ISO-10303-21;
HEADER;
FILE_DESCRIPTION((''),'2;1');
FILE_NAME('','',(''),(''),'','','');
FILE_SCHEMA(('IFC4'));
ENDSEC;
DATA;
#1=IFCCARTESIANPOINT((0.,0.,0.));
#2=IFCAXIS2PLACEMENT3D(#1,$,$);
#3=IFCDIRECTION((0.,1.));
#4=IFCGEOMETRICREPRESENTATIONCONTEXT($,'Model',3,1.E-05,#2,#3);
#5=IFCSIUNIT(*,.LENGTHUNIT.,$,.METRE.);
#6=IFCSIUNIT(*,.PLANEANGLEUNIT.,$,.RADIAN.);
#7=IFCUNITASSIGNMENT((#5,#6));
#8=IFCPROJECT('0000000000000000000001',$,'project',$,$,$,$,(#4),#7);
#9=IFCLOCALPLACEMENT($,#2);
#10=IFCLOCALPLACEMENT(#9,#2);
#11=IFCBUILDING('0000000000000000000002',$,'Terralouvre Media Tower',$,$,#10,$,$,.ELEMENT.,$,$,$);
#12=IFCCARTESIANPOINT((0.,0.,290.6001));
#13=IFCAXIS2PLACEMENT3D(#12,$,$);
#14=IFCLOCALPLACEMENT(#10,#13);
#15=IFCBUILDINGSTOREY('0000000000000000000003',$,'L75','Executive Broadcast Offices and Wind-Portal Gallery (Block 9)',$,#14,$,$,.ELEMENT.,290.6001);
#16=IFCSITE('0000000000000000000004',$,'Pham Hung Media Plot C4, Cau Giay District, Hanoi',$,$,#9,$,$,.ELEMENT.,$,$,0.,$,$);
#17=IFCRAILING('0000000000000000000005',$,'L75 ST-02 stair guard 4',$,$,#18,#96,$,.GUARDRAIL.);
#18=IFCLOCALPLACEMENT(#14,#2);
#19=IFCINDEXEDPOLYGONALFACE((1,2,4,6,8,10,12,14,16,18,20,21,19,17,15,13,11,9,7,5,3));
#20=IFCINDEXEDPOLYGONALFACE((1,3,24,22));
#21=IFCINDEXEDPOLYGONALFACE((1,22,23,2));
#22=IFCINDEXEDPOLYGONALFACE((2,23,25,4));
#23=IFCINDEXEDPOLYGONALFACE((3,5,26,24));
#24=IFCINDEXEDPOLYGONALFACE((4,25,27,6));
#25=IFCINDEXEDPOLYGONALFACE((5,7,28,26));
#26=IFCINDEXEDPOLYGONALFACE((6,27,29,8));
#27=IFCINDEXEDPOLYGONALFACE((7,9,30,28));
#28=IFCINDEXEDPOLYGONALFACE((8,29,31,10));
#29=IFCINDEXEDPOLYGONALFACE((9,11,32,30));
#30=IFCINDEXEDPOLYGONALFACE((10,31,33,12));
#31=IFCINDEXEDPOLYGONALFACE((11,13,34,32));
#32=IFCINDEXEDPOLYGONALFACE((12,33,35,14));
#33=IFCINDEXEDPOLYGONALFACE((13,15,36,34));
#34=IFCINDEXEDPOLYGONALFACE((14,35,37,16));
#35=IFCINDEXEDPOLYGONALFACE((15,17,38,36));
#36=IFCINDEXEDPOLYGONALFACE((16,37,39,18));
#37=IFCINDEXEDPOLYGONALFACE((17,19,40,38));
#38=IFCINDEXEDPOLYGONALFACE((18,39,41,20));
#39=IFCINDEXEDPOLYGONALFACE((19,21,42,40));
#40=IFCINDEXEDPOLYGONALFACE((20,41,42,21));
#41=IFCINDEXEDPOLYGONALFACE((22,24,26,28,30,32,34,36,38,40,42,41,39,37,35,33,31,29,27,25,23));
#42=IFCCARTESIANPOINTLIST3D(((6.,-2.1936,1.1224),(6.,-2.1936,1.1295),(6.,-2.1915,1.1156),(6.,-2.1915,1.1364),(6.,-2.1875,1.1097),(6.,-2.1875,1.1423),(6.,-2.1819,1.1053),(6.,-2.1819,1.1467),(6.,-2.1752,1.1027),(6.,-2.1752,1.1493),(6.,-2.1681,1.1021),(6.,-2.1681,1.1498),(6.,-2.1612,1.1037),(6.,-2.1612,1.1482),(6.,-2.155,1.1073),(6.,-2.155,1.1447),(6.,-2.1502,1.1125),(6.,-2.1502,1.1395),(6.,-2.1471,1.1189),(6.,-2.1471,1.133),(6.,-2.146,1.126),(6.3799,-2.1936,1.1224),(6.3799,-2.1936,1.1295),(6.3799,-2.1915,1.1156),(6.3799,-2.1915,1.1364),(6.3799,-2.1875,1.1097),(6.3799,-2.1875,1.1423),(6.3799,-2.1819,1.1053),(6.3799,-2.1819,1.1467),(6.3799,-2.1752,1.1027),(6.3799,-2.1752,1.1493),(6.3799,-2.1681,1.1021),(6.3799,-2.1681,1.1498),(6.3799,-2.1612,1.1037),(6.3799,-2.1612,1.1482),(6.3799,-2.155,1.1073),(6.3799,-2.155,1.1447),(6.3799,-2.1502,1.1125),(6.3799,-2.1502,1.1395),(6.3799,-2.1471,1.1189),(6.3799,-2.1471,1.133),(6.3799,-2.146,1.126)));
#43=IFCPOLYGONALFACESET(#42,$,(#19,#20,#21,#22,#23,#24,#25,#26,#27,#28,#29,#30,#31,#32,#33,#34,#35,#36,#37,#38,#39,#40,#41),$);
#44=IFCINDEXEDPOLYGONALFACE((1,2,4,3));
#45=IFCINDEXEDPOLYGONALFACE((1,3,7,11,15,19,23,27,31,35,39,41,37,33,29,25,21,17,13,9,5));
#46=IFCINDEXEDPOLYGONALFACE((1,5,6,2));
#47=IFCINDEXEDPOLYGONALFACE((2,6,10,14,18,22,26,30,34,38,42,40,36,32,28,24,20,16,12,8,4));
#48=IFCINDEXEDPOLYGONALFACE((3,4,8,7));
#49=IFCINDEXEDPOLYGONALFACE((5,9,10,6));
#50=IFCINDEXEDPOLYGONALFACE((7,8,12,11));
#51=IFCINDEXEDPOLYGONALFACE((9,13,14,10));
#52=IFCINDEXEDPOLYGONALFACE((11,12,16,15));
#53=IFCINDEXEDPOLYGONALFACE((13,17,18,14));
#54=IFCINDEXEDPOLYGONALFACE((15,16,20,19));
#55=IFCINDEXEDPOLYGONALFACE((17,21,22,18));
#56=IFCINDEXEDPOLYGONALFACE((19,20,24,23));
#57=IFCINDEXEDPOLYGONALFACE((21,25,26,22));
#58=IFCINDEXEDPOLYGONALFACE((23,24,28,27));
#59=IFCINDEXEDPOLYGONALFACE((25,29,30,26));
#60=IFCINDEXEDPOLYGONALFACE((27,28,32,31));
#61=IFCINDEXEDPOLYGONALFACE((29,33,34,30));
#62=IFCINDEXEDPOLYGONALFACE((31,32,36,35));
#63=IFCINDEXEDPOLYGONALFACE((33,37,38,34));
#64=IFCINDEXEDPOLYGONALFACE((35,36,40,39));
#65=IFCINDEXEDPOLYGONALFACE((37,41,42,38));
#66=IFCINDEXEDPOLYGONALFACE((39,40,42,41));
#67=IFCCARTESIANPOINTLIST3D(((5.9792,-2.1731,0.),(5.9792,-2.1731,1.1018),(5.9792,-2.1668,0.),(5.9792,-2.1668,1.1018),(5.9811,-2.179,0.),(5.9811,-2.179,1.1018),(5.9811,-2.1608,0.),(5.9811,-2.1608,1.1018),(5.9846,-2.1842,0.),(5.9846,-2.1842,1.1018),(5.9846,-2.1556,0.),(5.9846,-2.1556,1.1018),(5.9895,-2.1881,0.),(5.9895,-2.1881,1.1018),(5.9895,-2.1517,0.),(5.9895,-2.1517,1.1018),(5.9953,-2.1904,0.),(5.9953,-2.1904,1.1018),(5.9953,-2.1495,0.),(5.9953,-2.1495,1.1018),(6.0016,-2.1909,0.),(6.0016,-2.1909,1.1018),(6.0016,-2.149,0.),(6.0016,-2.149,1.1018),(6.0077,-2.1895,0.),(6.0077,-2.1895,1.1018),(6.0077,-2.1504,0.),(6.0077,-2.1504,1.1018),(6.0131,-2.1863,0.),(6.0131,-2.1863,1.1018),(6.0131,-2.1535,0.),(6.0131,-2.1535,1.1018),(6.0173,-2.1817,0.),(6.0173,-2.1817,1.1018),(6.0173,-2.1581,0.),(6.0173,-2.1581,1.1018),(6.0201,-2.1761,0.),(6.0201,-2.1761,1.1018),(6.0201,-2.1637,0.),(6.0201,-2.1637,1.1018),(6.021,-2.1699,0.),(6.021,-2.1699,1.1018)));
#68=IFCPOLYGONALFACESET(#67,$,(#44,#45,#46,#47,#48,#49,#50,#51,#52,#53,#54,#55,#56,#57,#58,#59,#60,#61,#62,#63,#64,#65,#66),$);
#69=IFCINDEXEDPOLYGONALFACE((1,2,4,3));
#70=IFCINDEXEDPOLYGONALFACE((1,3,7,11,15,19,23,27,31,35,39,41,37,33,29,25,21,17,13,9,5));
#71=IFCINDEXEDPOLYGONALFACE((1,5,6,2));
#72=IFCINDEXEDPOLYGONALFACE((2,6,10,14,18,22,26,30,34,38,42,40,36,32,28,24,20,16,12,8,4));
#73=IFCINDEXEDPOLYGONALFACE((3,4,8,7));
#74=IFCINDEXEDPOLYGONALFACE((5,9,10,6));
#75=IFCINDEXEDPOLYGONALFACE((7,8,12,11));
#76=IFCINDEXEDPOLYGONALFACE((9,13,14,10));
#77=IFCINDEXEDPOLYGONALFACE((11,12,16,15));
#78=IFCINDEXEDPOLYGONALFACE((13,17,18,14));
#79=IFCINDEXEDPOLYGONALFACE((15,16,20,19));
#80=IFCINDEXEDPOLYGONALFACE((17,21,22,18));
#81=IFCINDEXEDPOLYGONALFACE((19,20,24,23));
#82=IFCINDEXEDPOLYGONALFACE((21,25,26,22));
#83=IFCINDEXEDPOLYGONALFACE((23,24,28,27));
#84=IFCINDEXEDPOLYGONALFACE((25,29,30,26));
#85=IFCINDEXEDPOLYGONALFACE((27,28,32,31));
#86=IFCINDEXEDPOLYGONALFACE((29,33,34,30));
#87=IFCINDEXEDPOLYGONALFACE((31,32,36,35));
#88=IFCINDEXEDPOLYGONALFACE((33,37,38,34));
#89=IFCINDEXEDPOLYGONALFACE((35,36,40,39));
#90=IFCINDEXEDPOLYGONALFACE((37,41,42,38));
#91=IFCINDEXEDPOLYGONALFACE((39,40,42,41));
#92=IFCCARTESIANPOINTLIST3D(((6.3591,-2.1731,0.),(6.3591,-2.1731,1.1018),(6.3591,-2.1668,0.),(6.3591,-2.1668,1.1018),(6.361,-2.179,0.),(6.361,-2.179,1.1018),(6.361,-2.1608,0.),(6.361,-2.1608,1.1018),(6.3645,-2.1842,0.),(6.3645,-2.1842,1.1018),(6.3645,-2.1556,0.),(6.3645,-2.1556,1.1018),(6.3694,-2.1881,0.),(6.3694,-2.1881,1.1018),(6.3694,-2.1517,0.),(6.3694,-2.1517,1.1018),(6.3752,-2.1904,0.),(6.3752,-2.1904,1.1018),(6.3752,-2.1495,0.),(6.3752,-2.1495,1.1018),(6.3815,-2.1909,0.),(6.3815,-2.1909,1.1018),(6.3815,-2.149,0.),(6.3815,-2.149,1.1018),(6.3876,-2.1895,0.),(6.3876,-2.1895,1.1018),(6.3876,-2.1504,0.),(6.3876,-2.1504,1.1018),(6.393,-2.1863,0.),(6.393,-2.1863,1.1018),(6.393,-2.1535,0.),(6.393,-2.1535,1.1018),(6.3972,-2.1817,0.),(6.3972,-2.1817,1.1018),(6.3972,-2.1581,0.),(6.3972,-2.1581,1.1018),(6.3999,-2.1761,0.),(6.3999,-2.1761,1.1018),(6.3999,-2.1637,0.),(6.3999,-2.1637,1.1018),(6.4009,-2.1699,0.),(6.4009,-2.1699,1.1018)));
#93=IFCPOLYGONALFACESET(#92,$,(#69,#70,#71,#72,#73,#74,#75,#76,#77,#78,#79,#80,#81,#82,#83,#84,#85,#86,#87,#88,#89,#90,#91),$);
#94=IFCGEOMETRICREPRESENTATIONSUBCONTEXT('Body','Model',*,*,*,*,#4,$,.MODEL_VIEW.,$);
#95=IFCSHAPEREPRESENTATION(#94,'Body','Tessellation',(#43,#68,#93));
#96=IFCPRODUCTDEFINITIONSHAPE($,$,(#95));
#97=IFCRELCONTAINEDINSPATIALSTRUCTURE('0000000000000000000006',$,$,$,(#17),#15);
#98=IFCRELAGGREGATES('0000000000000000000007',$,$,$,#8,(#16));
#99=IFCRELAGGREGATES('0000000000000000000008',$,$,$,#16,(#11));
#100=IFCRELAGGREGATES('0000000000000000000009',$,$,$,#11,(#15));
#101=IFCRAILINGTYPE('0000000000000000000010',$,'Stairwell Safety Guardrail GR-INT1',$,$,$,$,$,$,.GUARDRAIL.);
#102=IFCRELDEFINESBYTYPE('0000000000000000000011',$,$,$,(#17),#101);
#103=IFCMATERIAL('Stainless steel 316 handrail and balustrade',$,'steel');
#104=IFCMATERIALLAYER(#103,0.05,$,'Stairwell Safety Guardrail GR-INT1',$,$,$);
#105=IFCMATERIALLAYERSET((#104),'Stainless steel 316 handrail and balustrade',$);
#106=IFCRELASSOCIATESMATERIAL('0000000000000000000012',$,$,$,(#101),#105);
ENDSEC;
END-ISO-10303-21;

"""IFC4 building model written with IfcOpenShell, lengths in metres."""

from ifc_helpers import new_model, si_unit, direction, frame, origin, origin_2d, place, context, subcontext, project, spatial, circle, extrude, material, layer, layer_set, type_object, element, save


model = new_model("IFC4")

# Units and contexts
model_context = context("Model", 3, precision=1e-05, world=origin(), true_north=direction((0.0, 1.0)))
body_context = subcontext(model_context, "Body", "Model", "MODEL_VIEW")
ifc_project = project(units=[si_unit("LENGTHUNIT", "METRE"), si_unit("PLANEANGLEUNIT", "RADIAN")], contexts=[model_context])

# Site, building, storey
site_placement = place(None, origin())
site = spatial("IfcSite", under=ifc_project, at=site_placement, Name="Pham Hung Media Plot C4, Cau Giay District, Hanoi", CompositionType="ELEMENT", RefElevation=0.0)
building_placement = place(site_placement, origin())
building = spatial("IfcBuilding", under=site, at=building_placement, Name="Terralouvre Media Tower", CompositionType="ELEMENT")
storey_placement = place(building_placement, frame((0.0, 0.0, 290.6001)))
storey = spatial("IfcBuildingStorey", under=building, at=storey_placement, Name="L75", Description="Executive Broadcast Offices and Wind-Portal Gallery (Block 9)", CompositionType="ELEMENT", Elevation=290.6001)

# Railing
ifc_material_1 = material(Name="Stainless steel 316 handrail and balustrade", Category="steel")
ifc_layer_1 = layer(ifc_material_1, 0.05, Name="Stairwell Safety Guardrail GR-INT1")
ifc_layer_set_1 = layer_set([ifc_layer_1], Name="Stainless steel 316 handrail and balustrade")
railing_type_1 = type_object("IfcRailingType", Name="Stairwell Safety Guardrail GR-INT1", PredefinedType="GUARDRAIL", material=ifc_layer_set_1)
railing_1_placement = place(storey_placement, frame((6.0, -2.1699, 0.0)))
element("IfcRailing", 1, at=railing_1_placement, inside=storey, type_object=railing_type_1, Name="L75 ST-02 stair guard 4", PredefinedType="GUARDRAIL", context=body_context, shape_type="SweptSolid", body=[
    extrude(circle(Radius=0.0239, at=origin_2d()), frame((0.0, 0.0, 1.126), z_axis=(1.0, 0.0, 0.0), x_axis=(0.0, 1.0, 0.0)), (0.0, 0.0, 1.0), 0.3799),
    extrude(circle(Radius=0.021, at=origin_2d()), origin(), (0.0, 0.0, 1.0), 1.1018),
    extrude(circle(Radius=0.021, at=origin_2d()), frame((0.3799, 0.0, 0.0)), (0.0, 0.0, 1.0), 1.1018),
])

save(model, "model.ifc")
